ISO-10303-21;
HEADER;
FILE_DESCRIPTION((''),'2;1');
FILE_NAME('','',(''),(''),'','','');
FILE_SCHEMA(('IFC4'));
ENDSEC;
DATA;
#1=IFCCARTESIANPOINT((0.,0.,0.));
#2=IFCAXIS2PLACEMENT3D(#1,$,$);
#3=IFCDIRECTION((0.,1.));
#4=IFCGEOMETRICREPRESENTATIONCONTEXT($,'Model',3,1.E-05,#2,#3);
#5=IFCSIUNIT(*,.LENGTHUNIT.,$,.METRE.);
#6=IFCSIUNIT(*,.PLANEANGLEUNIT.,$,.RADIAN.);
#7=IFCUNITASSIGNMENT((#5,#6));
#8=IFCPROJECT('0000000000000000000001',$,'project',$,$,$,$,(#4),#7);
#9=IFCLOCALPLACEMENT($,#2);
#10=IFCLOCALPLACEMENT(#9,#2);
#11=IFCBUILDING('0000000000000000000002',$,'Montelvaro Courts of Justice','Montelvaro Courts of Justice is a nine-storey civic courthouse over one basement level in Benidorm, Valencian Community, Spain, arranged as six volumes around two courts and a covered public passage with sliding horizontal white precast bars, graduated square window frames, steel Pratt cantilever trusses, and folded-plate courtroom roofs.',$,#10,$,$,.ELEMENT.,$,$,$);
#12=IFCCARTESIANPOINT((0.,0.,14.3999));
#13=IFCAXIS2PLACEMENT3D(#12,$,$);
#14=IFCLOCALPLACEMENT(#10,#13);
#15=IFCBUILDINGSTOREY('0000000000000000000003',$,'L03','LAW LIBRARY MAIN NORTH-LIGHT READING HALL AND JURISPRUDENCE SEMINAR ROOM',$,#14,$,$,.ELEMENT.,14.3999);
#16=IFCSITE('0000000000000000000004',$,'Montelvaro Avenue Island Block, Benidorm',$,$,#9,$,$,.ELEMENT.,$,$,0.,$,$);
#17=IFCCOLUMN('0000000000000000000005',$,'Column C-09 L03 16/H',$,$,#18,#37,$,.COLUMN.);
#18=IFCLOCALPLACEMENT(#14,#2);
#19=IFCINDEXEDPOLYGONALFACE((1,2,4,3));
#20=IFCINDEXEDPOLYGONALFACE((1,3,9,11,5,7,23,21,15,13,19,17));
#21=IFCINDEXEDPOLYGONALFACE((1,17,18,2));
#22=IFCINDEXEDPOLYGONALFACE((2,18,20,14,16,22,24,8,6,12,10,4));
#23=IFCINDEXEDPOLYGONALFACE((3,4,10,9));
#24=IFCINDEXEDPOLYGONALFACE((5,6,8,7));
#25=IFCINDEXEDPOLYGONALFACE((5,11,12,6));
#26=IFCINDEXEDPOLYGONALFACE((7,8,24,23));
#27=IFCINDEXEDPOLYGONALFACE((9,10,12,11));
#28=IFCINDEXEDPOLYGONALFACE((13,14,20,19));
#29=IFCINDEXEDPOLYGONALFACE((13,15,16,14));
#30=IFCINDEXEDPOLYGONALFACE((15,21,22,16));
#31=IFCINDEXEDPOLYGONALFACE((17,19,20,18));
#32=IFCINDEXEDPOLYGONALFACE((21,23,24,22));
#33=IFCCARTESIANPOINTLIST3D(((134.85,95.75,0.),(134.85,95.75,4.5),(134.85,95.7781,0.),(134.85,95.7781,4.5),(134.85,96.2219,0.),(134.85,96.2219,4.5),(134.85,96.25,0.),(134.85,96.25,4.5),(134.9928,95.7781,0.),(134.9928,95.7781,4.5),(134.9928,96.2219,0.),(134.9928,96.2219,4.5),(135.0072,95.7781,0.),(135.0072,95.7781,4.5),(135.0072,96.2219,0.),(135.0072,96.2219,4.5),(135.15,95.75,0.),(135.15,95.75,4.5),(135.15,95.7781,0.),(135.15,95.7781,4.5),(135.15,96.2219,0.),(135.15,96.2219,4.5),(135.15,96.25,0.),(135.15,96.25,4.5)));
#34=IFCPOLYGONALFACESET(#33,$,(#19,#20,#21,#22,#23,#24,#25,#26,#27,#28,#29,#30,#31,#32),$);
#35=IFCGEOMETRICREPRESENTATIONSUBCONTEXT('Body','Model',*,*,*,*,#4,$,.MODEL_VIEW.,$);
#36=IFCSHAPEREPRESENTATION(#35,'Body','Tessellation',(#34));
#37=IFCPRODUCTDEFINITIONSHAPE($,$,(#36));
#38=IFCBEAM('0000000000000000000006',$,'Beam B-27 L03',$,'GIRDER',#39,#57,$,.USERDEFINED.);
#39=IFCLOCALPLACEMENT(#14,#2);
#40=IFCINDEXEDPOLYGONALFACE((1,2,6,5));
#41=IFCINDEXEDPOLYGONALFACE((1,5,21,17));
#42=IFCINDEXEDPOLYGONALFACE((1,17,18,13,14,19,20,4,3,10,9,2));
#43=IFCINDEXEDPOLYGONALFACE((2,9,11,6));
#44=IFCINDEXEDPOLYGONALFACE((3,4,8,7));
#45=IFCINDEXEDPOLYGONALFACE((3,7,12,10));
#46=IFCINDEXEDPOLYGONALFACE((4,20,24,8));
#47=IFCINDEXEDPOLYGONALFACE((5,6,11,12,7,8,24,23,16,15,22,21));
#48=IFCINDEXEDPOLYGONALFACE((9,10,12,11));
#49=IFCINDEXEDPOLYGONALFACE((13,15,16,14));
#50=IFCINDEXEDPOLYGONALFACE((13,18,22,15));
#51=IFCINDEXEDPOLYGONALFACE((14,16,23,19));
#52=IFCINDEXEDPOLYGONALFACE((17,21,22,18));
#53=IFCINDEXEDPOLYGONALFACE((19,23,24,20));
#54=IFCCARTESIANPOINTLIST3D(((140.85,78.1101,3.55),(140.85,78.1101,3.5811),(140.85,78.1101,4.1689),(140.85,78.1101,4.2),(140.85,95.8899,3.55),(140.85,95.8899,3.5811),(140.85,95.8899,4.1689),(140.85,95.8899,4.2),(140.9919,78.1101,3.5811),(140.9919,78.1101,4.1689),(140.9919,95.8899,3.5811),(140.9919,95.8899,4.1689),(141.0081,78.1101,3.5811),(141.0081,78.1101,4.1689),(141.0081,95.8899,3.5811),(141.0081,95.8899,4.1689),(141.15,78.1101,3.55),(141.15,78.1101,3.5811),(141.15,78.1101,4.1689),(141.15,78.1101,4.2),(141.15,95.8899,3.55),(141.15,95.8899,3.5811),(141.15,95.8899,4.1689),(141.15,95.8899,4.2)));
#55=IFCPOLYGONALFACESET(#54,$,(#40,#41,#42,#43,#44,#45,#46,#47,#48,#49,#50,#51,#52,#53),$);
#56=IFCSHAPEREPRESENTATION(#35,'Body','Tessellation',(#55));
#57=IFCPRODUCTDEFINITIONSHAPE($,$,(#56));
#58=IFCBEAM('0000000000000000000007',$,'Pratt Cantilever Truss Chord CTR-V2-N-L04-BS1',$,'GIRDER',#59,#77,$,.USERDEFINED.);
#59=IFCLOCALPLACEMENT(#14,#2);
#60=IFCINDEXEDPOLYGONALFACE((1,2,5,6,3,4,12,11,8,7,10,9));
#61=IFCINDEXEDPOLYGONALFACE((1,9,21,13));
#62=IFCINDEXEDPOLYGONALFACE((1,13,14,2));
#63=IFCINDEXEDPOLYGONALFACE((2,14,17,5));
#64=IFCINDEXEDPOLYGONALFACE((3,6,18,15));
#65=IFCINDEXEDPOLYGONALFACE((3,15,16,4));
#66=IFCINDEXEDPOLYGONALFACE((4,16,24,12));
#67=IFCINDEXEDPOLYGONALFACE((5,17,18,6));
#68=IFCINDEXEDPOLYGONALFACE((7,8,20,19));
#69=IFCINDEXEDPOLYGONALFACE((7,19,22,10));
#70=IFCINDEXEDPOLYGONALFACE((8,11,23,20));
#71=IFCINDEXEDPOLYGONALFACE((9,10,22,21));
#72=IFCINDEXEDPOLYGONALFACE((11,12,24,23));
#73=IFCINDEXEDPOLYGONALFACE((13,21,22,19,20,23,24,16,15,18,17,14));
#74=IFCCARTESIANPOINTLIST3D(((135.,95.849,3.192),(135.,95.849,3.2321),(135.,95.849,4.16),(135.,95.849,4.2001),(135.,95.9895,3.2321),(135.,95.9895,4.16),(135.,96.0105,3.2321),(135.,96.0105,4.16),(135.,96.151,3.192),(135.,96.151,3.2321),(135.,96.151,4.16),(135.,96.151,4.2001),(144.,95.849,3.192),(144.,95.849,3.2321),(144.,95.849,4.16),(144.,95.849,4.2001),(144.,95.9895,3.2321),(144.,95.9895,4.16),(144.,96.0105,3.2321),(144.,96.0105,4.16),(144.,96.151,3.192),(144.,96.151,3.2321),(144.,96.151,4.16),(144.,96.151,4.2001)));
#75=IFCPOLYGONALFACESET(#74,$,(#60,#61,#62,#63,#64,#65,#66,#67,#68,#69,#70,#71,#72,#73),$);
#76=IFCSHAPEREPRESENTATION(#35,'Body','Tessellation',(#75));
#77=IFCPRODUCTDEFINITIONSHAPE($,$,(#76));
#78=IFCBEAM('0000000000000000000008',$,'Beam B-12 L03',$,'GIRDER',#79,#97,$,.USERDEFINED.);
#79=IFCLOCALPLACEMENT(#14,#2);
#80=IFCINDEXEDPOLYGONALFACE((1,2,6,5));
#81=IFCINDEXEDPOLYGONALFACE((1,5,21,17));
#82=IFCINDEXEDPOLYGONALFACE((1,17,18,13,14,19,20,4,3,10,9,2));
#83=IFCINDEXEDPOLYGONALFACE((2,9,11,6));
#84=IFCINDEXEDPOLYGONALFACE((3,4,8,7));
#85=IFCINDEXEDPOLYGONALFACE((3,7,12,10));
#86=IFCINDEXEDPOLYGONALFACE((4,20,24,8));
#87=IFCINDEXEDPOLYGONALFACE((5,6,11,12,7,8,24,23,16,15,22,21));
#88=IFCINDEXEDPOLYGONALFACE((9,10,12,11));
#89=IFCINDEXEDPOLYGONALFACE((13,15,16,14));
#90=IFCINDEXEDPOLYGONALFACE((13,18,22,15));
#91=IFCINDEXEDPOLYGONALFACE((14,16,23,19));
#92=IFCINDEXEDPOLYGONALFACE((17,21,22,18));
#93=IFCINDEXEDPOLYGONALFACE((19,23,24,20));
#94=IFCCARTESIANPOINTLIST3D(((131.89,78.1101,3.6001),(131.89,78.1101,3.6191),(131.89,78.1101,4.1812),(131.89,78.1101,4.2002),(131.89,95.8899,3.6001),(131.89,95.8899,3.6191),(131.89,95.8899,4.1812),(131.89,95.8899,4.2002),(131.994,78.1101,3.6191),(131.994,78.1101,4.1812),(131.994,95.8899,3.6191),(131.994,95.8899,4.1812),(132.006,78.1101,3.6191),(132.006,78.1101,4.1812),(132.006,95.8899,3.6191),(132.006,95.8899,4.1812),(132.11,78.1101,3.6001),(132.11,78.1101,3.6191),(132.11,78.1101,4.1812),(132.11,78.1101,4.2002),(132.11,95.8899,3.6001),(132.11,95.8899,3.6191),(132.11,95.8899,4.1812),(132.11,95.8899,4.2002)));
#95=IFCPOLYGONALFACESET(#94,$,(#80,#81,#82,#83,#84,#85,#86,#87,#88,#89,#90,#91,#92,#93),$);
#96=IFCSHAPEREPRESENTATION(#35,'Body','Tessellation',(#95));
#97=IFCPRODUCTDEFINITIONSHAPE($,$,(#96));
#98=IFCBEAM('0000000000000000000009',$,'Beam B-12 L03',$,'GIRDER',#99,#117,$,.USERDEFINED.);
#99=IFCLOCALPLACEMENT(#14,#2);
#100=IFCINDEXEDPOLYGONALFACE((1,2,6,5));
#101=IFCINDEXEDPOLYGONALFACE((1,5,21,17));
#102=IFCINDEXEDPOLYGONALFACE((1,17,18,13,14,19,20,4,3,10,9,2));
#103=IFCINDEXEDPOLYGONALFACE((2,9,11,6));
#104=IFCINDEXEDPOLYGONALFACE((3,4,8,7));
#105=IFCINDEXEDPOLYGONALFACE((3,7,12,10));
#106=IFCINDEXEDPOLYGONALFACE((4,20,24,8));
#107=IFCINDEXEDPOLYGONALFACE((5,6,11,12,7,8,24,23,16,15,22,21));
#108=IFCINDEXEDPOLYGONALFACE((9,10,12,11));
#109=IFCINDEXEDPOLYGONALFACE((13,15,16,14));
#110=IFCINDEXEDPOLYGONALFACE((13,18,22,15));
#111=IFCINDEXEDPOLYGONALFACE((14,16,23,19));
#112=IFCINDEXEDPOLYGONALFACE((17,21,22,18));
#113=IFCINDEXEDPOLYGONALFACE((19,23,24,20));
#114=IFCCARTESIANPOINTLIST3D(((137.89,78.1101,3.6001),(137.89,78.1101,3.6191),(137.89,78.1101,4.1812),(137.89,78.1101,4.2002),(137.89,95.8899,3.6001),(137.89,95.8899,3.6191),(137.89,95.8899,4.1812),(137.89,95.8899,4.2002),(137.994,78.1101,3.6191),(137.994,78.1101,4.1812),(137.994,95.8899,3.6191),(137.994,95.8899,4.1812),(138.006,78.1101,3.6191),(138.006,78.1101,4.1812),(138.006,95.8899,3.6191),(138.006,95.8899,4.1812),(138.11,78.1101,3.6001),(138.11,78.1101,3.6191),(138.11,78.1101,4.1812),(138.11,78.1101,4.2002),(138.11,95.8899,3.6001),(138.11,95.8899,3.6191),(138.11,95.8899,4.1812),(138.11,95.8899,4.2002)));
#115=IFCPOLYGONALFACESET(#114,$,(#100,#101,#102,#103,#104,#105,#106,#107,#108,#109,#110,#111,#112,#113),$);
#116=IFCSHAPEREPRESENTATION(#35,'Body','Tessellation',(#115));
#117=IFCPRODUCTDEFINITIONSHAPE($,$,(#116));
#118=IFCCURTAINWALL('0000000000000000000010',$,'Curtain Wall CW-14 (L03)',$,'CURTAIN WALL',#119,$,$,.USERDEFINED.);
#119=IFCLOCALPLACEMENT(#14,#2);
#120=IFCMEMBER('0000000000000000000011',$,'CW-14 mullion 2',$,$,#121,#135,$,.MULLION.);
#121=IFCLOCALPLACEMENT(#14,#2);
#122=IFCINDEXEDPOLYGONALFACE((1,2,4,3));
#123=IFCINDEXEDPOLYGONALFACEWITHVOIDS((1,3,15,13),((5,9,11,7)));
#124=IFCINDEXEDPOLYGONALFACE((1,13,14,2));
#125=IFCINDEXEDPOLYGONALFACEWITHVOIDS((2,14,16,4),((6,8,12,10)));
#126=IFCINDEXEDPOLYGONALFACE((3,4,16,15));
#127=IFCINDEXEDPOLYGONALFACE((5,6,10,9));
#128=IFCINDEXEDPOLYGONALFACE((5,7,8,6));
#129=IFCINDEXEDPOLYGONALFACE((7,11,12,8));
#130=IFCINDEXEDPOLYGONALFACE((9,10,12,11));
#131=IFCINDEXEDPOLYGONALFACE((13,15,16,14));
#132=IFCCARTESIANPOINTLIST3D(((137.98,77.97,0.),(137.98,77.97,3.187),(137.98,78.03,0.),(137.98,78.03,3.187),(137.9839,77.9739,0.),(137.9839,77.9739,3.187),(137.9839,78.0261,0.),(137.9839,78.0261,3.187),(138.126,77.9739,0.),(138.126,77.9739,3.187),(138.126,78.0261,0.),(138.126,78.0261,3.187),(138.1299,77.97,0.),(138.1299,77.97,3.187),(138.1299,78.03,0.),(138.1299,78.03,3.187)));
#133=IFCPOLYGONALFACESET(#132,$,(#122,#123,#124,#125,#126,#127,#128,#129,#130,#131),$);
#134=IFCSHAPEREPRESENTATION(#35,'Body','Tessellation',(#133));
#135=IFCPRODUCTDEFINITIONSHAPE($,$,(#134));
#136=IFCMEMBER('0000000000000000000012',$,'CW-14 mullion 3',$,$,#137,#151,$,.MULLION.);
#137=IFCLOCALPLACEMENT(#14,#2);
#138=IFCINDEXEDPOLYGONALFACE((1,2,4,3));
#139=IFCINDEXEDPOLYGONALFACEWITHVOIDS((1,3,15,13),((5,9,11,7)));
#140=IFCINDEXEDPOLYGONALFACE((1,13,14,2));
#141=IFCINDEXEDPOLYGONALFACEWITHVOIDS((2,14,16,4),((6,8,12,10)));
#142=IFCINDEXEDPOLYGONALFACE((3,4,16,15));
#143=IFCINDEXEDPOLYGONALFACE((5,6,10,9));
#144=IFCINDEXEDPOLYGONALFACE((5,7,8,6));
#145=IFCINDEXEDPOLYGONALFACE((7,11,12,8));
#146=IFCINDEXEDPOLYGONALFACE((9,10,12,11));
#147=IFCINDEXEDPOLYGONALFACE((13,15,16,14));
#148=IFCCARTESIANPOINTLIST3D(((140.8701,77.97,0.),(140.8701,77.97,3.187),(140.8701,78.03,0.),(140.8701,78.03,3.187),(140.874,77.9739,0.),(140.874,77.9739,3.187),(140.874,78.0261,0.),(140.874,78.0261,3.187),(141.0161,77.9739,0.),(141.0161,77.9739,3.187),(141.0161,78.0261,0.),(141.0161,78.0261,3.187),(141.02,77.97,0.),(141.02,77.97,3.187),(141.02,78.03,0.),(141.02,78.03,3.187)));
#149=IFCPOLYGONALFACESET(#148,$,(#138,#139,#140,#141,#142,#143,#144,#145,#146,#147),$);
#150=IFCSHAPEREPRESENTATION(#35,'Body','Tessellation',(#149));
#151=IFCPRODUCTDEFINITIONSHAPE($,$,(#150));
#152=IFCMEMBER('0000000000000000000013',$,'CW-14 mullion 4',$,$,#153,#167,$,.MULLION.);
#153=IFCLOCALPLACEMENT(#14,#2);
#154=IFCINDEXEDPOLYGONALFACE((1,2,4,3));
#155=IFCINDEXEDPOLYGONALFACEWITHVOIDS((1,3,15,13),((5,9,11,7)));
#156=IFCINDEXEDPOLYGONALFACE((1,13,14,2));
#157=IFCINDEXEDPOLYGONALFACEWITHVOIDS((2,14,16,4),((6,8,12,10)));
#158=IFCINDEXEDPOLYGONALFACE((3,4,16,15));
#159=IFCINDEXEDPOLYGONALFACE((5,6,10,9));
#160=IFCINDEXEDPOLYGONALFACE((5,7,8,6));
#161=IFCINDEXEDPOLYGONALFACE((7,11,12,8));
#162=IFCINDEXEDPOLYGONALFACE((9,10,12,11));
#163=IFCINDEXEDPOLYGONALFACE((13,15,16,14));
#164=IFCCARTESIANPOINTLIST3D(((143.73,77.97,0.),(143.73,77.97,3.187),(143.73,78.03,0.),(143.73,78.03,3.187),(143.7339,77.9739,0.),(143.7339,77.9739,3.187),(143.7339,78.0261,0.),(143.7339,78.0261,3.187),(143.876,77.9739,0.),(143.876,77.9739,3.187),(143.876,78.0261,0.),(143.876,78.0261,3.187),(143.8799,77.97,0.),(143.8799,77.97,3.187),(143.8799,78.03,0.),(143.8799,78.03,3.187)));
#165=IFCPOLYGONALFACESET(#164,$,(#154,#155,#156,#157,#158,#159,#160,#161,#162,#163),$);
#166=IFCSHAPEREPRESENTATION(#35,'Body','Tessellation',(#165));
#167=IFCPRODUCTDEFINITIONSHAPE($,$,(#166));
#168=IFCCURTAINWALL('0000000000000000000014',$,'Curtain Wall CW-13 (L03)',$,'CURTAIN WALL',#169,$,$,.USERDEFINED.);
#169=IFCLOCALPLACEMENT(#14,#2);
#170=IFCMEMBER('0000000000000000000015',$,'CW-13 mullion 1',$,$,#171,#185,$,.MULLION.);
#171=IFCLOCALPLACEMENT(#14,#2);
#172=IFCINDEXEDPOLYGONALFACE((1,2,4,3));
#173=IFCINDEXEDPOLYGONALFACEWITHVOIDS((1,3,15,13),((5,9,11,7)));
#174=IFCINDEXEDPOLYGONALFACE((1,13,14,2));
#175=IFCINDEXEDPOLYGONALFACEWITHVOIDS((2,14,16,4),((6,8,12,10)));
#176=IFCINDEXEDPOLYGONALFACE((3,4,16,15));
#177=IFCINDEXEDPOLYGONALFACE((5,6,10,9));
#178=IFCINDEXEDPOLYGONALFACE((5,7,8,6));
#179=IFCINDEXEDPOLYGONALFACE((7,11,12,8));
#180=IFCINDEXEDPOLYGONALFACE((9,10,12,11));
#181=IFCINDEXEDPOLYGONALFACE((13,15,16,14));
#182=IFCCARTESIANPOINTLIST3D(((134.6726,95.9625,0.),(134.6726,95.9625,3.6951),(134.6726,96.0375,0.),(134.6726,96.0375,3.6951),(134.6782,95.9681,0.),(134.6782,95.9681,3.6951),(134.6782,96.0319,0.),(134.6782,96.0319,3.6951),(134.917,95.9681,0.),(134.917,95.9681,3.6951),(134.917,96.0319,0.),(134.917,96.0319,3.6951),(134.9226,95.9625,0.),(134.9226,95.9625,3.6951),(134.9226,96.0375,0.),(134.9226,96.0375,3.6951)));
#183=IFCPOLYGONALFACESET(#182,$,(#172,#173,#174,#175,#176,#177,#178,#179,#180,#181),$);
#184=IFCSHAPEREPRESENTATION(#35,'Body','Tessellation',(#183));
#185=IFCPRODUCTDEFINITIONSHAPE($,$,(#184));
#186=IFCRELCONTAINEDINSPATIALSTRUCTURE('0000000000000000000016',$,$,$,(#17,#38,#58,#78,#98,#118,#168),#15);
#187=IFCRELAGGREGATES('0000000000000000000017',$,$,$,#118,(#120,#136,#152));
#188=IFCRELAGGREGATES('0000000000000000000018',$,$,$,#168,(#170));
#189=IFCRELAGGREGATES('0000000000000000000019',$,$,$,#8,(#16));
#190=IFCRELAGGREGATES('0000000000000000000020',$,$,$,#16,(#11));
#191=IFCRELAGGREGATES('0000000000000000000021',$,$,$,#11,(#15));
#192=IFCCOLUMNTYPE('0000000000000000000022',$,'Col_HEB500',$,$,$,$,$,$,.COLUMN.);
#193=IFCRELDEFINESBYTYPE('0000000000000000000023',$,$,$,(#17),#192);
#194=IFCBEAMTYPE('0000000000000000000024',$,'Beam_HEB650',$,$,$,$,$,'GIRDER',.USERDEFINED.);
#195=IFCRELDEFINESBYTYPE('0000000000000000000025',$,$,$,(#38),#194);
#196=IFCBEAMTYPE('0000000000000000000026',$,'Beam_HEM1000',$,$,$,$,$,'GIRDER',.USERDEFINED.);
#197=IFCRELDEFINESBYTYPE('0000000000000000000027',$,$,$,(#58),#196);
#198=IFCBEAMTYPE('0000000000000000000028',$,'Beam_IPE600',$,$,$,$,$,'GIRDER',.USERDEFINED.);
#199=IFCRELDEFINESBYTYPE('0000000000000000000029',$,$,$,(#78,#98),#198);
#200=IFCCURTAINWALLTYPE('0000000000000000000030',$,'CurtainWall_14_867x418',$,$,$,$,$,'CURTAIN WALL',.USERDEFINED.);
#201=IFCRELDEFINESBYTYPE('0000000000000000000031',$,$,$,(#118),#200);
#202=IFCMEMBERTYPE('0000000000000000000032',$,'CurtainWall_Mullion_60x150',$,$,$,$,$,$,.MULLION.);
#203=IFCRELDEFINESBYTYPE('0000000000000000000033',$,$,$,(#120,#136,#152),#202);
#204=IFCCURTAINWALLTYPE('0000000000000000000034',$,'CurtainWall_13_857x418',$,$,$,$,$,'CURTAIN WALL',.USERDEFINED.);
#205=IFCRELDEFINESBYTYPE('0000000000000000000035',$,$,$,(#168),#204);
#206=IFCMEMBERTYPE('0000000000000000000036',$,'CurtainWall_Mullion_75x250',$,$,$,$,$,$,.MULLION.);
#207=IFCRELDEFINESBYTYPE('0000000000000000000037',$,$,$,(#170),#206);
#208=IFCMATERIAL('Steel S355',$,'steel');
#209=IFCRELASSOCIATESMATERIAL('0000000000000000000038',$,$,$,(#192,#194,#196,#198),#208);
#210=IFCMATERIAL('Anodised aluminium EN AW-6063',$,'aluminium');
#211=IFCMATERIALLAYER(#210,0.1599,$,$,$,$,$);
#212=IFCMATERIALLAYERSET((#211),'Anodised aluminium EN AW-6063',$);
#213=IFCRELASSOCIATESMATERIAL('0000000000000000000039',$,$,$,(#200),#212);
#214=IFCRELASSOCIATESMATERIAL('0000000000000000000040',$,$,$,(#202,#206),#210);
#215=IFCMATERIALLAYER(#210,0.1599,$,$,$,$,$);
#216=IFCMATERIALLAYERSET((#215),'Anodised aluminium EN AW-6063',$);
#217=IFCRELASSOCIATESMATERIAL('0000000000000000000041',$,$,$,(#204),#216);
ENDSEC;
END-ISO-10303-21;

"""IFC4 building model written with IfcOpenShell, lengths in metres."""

from ifc_helpers import new_model, si_unit, direction, frame, origin, origin_2d, place, context, subcontext, project, spatial, hollow_rectangle, i_section, extrude, material, layer, layer_set, material_profile, profile_set, type_object, element, aggregate, save


model = new_model("IFC4")

# Units and contexts
model_context = context("Model", 3, precision=1e-05, world=origin(), true_north=direction((0.0, 1.0)))
body_context = subcontext(model_context, "Body", "Model", "MODEL_VIEW")
ifc_project = project(units=[si_unit("LENGTHUNIT", "METRE"), si_unit("PLANEANGLEUNIT", "RADIAN")], contexts=[model_context])

# Site, building, storey
site_placement = place(None, origin())
site = spatial("IfcSite", under=ifc_project, at=site_placement, Name="Montelvaro Avenue Island Block, Benidorm", CompositionType="ELEMENT", RefElevation=0.0)
building_placement = place(site_placement, origin())
building = spatial("IfcBuilding", under=site, at=building_placement, Name="Montelvaro Courts of Justice", Description="Montelvaro Courts of Justice is a nine-storey civic courthouse over one basement level in Benidorm, Valencian Community, Spain, arranged as six volumes around two courts and a covered public passage with sliding horizontal white precast bars, graduated square window frames, steel Pratt cantilever trusses, and folded-plate courtroom roofs.", CompositionType="ELEMENT")
storey_placement = place(building_placement, frame((0.0, 0.0, 14.3999)))
storey = spatial("IfcBuildingStorey", under=building, at=storey_placement, Name="L03", Description="LAW LIBRARY MAIN NORTH-LIGHT READING HALL AND JURISPRUDENCE SEMINAR ROOM", CompositionType="ELEMENT", Elevation=14.3999)

# Column
ifc_material_1 = material(Name="Steel S355", Category="steel")
ifc_material_profile_1 = material_profile(ifc_material_1, i_section(OverallWidth=0.3, OverallDepth=0.5, WebThickness=0.0144, FlangeThickness=0.0281, at=origin_2d()), Name="HEB 500")
ifc_profile_set_1 = profile_set([ifc_material_profile_1], Name="Steel S355")
column_type = type_object("IfcColumnType", Name="Col_HEB500", PredefinedType="COLUMN", material=ifc_profile_set_1)
column_placement = place(storey_placement, frame((135.0, 96.0, 0.0), z_axis=(0.0, 0.0, 1.0), x_axis=(1.0, 0.0, 0.0)))
element("IfcColumn", 1, at=column_placement, inside=storey, type_object=column_type, Name="Column C-09 L03 16/H", PredefinedType="COLUMN", context=body_context, shape_type="SweptSolid", body=[
    extrude(i_section(OverallWidth=0.3, OverallDepth=0.5, WebThickness=0.0144, FlangeThickness=0.0281, at=origin_2d()), origin(), (0.0, 0.0, 1.0), 4.5),
])

# Beams
ifc_material_profile_2 = material_profile(ifc_material_1, i_section(OverallWidth=0.3, OverallDepth=0.6499, WebThickness=0.0161, FlangeThickness=0.031, at=origin_2d()), Name="HEB 650")
ifc_profile_set_2 = profile_set([ifc_material_profile_2], Name="Steel S355")
beam_type_1 = type_object("IfcBeamType", Name="Beam_HEB650", ElementType="GIRDER", PredefinedType="USERDEFINED", material=ifc_profile_set_2)
beam_1_placement = place(storey_placement, frame((141.0, 78.1101, 3.875), z_axis=(0.0, 1.0, 0.0), x_axis=(-1.0, 0.0, 0.0)))
element("IfcBeam", 2, at=beam_1_placement, inside=storey, type_object=beam_type_1, Name="Beam B-27 L03", ObjectType="GIRDER", PredefinedType="USERDEFINED", context=body_context, shape_type="SweptSolid", body=[
    extrude(i_section(OverallWidth=0.3, OverallDepth=0.6499, WebThickness=0.0161, FlangeThickness=0.031, at=origin_2d()), origin(), (0.0, 0.0, 1.0), 17.7798),
])
ifc_material_profile_3 = material_profile(ifc_material_1, i_section(OverallWidth=0.302, OverallDepth=1.0081, WebThickness=0.021, FlangeThickness=0.04, at=origin_2d()), Name="HEM 1000")
ifc_profile_set_3 = profile_set([ifc_material_profile_3], Name="Steel S355")
beam_type_2 = type_object("IfcBeamType", Name="Beam_HEM1000", ElementType="GIRDER", PredefinedType="USERDEFINED", material=ifc_profile_set_3)
beam_2_placement = place(storey_placement, frame((135.0, 96.0, 3.696), z_axis=(1.0, 0.0, 0.0), x_axis=(0.0, 1.0, 0.0)))
element("IfcBeam", 3, at=beam_2_placement, inside=storey, type_object=beam_type_2, Name="Pratt Cantilever Truss Chord CTR-V2-N-L04-BS1", ObjectType="GIRDER", PredefinedType="USERDEFINED", context=body_context, shape_type="SweptSolid", body=[
    extrude(i_section(OverallWidth=0.302, OverallDepth=1.0081, WebThickness=0.021, FlangeThickness=0.04, at=origin_2d()), origin(), (0.0, 0.0, 1.0), 9.0),
])
ifc_material_profile_4 = material_profile(ifc_material_1, i_section(OverallWidth=0.22, OverallDepth=0.6001, WebThickness=0.012, FlangeThickness=0.019, at=origin_2d()), Name="IPE 600")
ifc_profile_set_4 = profile_set([ifc_material_profile_4], Name="Steel S355")
beam_type_3 = type_object("IfcBeamType", Name="Beam_IPE600", ElementType="GIRDER", PredefinedType="USERDEFINED", material=ifc_profile_set_4)
for number, where, z_axis, x_axis, name in (
    (4, (132.0, 78.1101, 3.9001), (0.0, 1.0, 0.0), (-1.0, 0.0, 0.0), "Beam B-12 L03"),
    (5, (138.0, 78.1101, 3.9001), (0.0, 1.0, 0.0), (-1.0, 0.0, 0.0), "Beam B-12 L03"),
):
    element("IfcBeam", number, at=place(storey_placement, frame(where, z_axis=z_axis, x_axis=x_axis)), inside=storey, type_object=beam_type_3, Name=name, ObjectType="GIRDER", PredefinedType="USERDEFINED", context=body_context, shape_type="SweptSolid", body=[
        extrude(i_section(OverallWidth=0.22, OverallDepth=0.6001, WebThickness=0.012, FlangeThickness=0.019, at=origin_2d()), origin(), (0.0, 0.0, 1.0), 17.7798),
    ])

# Curtain walls, members
ifc_material_2 = material(Name="Anodised aluminium EN AW-6063", Category="aluminium")
ifc_layer_1 = layer(ifc_material_2, 0.1599)
ifc_layer_set_1 = layer_set([ifc_layer_1], Name="Anodised aluminium EN AW-6063")
curtain_wall_type_1 = type_object("IfcCurtainWallType", Name="CurtainWall_14_867x418", ElementType="CURTAIN WALL", PredefinedType="USERDEFINED", material=ifc_layer_set_1)
curtain_wall_1_placement = place(storey_placement, origin())
curtain_wall_1 = element("IfcCurtainWall", 6, at=curtain_wall_1_placement, inside=storey, type_object=curtain_wall_type_1, Name="Curtain Wall CW-14 (L03)", ObjectType="CURTAIN WALL", PredefinedType="USERDEFINED")
ifc_material_profile_5 = material_profile(ifc_material_2, hollow_rectangle(XDim=0.0601, YDim=0.1499, WallThickness=0.0039, at=origin_2d()), Name="ALU-M 60x150")
ifc_profile_set_5 = profile_set([ifc_material_profile_5], Name="Anodised aluminium EN AW-6063")
member_type_1 = type_object("IfcMemberType", Name="CurtainWall_Mullion_60x150", PredefinedType="MULLION", material=ifc_profile_set_5)
member_1_placement = place(storey_placement, frame((138.0549, 78.0, 0.0), z_axis=(0.0, 0.0, 1.0), x_axis=(0.0, 1.0, 0.0)))
member_1 = element("IfcMember", 7, at=member_1_placement, type_object=member_type_1, Name="CW-14 mullion 2", PredefinedType="MULLION", context=body_context, shape_type="SweptSolid", body=[
    extrude(hollow_rectangle(XDim=0.0601, YDim=0.1499, WallThickness=0.0039, at=origin_2d()), origin(), (0.0, 0.0, 1.0), 3.187),
])
member_2_placement = place(storey_placement, frame((140.9451, 78.0, 0.0), z_axis=(0.0, 0.0, 1.0), x_axis=(0.0, 1.0, 0.0)))
member_2 = element("IfcMember", 8, at=member_2_placement, type_object=member_type_1, Name="CW-14 mullion 3", PredefinedType="MULLION", context=body_context, shape_type="SweptSolid", body=[
    extrude(hollow_rectangle(XDim=0.0601, YDim=0.1499, WallThickness=0.0039, at=origin_2d()), origin(), (0.0, 0.0, 1.0), 3.187),
])
member_3_placement = place(storey_placement, frame((143.8049, 78.0, 0.0), z_axis=(0.0, 0.0, 1.0), x_axis=(0.0, 1.0, 0.0)))
member_3 = element("IfcMember", 9, at=member_3_placement, type_object=member_type_1, Name="CW-14 mullion 4", PredefinedType="MULLION", context=body_context, shape_type="SweptSolid", body=[
    extrude(hollow_rectangle(XDim=0.0601, YDim=0.1499, WallThickness=0.0039, at=origin_2d()), origin(), (0.0, 0.0, 1.0), 3.187),
])
ifc_layer_2 = layer(ifc_material_2, 0.1599)
ifc_layer_set_2 = layer_set([ifc_layer_2], Name="Anodised aluminium EN AW-6063")
curtain_wall_type_2 = type_object("IfcCurtainWallType", Name="CurtainWall_13_857x418", ElementType="CURTAIN WALL", PredefinedType="USERDEFINED", material=ifc_layer_set_2)
curtain_wall_2_placement = place(storey_placement, origin())
curtain_wall_2 = element("IfcCurtainWall", 10, at=curtain_wall_2_placement, inside=storey, type_object=curtain_wall_type_2, Name="Curtain Wall CW-13 (L03)", ObjectType="CURTAIN WALL", PredefinedType="USERDEFINED")
ifc_material_profile_6 = material_profile(ifc_material_2, hollow_rectangle(XDim=0.075, YDim=0.25, WallThickness=0.0056, at=origin_2d()), Name="ALU-M 75x250")
ifc_profile_set_6 = profile_set([ifc_material_profile_6], Name="Anodised aluminium EN AW-6063")
member_type_2 = type_object("IfcMemberType", Name="CurtainWall_Mullion_75x250", PredefinedType="MULLION", material=ifc_profile_set_6)
member_4_placement = place(storey_placement, frame((134.7976, 96.0, 0.0), z_axis=(0.0, 0.0, 1.0), x_axis=(0.0, -1.0, 0.0)))
member_4 = element("IfcMember", 11, at=member_4_placement, type_object=member_type_2, Name="CW-13 mullion 1", PredefinedType="MULLION", context=body_context, shape_type="SweptSolid", body=[
    extrude(hollow_rectangle(XDim=0.075, YDim=0.25, WallThickness=0.0056, at=origin_2d()), origin(), (0.0, 0.0, 1.0), 3.6951),
])

aggregate(curtain_wall_1, [member_1, member_2, member_3])
aggregate(curtain_wall_2, [member_4])

save(model, "model.ifc")
